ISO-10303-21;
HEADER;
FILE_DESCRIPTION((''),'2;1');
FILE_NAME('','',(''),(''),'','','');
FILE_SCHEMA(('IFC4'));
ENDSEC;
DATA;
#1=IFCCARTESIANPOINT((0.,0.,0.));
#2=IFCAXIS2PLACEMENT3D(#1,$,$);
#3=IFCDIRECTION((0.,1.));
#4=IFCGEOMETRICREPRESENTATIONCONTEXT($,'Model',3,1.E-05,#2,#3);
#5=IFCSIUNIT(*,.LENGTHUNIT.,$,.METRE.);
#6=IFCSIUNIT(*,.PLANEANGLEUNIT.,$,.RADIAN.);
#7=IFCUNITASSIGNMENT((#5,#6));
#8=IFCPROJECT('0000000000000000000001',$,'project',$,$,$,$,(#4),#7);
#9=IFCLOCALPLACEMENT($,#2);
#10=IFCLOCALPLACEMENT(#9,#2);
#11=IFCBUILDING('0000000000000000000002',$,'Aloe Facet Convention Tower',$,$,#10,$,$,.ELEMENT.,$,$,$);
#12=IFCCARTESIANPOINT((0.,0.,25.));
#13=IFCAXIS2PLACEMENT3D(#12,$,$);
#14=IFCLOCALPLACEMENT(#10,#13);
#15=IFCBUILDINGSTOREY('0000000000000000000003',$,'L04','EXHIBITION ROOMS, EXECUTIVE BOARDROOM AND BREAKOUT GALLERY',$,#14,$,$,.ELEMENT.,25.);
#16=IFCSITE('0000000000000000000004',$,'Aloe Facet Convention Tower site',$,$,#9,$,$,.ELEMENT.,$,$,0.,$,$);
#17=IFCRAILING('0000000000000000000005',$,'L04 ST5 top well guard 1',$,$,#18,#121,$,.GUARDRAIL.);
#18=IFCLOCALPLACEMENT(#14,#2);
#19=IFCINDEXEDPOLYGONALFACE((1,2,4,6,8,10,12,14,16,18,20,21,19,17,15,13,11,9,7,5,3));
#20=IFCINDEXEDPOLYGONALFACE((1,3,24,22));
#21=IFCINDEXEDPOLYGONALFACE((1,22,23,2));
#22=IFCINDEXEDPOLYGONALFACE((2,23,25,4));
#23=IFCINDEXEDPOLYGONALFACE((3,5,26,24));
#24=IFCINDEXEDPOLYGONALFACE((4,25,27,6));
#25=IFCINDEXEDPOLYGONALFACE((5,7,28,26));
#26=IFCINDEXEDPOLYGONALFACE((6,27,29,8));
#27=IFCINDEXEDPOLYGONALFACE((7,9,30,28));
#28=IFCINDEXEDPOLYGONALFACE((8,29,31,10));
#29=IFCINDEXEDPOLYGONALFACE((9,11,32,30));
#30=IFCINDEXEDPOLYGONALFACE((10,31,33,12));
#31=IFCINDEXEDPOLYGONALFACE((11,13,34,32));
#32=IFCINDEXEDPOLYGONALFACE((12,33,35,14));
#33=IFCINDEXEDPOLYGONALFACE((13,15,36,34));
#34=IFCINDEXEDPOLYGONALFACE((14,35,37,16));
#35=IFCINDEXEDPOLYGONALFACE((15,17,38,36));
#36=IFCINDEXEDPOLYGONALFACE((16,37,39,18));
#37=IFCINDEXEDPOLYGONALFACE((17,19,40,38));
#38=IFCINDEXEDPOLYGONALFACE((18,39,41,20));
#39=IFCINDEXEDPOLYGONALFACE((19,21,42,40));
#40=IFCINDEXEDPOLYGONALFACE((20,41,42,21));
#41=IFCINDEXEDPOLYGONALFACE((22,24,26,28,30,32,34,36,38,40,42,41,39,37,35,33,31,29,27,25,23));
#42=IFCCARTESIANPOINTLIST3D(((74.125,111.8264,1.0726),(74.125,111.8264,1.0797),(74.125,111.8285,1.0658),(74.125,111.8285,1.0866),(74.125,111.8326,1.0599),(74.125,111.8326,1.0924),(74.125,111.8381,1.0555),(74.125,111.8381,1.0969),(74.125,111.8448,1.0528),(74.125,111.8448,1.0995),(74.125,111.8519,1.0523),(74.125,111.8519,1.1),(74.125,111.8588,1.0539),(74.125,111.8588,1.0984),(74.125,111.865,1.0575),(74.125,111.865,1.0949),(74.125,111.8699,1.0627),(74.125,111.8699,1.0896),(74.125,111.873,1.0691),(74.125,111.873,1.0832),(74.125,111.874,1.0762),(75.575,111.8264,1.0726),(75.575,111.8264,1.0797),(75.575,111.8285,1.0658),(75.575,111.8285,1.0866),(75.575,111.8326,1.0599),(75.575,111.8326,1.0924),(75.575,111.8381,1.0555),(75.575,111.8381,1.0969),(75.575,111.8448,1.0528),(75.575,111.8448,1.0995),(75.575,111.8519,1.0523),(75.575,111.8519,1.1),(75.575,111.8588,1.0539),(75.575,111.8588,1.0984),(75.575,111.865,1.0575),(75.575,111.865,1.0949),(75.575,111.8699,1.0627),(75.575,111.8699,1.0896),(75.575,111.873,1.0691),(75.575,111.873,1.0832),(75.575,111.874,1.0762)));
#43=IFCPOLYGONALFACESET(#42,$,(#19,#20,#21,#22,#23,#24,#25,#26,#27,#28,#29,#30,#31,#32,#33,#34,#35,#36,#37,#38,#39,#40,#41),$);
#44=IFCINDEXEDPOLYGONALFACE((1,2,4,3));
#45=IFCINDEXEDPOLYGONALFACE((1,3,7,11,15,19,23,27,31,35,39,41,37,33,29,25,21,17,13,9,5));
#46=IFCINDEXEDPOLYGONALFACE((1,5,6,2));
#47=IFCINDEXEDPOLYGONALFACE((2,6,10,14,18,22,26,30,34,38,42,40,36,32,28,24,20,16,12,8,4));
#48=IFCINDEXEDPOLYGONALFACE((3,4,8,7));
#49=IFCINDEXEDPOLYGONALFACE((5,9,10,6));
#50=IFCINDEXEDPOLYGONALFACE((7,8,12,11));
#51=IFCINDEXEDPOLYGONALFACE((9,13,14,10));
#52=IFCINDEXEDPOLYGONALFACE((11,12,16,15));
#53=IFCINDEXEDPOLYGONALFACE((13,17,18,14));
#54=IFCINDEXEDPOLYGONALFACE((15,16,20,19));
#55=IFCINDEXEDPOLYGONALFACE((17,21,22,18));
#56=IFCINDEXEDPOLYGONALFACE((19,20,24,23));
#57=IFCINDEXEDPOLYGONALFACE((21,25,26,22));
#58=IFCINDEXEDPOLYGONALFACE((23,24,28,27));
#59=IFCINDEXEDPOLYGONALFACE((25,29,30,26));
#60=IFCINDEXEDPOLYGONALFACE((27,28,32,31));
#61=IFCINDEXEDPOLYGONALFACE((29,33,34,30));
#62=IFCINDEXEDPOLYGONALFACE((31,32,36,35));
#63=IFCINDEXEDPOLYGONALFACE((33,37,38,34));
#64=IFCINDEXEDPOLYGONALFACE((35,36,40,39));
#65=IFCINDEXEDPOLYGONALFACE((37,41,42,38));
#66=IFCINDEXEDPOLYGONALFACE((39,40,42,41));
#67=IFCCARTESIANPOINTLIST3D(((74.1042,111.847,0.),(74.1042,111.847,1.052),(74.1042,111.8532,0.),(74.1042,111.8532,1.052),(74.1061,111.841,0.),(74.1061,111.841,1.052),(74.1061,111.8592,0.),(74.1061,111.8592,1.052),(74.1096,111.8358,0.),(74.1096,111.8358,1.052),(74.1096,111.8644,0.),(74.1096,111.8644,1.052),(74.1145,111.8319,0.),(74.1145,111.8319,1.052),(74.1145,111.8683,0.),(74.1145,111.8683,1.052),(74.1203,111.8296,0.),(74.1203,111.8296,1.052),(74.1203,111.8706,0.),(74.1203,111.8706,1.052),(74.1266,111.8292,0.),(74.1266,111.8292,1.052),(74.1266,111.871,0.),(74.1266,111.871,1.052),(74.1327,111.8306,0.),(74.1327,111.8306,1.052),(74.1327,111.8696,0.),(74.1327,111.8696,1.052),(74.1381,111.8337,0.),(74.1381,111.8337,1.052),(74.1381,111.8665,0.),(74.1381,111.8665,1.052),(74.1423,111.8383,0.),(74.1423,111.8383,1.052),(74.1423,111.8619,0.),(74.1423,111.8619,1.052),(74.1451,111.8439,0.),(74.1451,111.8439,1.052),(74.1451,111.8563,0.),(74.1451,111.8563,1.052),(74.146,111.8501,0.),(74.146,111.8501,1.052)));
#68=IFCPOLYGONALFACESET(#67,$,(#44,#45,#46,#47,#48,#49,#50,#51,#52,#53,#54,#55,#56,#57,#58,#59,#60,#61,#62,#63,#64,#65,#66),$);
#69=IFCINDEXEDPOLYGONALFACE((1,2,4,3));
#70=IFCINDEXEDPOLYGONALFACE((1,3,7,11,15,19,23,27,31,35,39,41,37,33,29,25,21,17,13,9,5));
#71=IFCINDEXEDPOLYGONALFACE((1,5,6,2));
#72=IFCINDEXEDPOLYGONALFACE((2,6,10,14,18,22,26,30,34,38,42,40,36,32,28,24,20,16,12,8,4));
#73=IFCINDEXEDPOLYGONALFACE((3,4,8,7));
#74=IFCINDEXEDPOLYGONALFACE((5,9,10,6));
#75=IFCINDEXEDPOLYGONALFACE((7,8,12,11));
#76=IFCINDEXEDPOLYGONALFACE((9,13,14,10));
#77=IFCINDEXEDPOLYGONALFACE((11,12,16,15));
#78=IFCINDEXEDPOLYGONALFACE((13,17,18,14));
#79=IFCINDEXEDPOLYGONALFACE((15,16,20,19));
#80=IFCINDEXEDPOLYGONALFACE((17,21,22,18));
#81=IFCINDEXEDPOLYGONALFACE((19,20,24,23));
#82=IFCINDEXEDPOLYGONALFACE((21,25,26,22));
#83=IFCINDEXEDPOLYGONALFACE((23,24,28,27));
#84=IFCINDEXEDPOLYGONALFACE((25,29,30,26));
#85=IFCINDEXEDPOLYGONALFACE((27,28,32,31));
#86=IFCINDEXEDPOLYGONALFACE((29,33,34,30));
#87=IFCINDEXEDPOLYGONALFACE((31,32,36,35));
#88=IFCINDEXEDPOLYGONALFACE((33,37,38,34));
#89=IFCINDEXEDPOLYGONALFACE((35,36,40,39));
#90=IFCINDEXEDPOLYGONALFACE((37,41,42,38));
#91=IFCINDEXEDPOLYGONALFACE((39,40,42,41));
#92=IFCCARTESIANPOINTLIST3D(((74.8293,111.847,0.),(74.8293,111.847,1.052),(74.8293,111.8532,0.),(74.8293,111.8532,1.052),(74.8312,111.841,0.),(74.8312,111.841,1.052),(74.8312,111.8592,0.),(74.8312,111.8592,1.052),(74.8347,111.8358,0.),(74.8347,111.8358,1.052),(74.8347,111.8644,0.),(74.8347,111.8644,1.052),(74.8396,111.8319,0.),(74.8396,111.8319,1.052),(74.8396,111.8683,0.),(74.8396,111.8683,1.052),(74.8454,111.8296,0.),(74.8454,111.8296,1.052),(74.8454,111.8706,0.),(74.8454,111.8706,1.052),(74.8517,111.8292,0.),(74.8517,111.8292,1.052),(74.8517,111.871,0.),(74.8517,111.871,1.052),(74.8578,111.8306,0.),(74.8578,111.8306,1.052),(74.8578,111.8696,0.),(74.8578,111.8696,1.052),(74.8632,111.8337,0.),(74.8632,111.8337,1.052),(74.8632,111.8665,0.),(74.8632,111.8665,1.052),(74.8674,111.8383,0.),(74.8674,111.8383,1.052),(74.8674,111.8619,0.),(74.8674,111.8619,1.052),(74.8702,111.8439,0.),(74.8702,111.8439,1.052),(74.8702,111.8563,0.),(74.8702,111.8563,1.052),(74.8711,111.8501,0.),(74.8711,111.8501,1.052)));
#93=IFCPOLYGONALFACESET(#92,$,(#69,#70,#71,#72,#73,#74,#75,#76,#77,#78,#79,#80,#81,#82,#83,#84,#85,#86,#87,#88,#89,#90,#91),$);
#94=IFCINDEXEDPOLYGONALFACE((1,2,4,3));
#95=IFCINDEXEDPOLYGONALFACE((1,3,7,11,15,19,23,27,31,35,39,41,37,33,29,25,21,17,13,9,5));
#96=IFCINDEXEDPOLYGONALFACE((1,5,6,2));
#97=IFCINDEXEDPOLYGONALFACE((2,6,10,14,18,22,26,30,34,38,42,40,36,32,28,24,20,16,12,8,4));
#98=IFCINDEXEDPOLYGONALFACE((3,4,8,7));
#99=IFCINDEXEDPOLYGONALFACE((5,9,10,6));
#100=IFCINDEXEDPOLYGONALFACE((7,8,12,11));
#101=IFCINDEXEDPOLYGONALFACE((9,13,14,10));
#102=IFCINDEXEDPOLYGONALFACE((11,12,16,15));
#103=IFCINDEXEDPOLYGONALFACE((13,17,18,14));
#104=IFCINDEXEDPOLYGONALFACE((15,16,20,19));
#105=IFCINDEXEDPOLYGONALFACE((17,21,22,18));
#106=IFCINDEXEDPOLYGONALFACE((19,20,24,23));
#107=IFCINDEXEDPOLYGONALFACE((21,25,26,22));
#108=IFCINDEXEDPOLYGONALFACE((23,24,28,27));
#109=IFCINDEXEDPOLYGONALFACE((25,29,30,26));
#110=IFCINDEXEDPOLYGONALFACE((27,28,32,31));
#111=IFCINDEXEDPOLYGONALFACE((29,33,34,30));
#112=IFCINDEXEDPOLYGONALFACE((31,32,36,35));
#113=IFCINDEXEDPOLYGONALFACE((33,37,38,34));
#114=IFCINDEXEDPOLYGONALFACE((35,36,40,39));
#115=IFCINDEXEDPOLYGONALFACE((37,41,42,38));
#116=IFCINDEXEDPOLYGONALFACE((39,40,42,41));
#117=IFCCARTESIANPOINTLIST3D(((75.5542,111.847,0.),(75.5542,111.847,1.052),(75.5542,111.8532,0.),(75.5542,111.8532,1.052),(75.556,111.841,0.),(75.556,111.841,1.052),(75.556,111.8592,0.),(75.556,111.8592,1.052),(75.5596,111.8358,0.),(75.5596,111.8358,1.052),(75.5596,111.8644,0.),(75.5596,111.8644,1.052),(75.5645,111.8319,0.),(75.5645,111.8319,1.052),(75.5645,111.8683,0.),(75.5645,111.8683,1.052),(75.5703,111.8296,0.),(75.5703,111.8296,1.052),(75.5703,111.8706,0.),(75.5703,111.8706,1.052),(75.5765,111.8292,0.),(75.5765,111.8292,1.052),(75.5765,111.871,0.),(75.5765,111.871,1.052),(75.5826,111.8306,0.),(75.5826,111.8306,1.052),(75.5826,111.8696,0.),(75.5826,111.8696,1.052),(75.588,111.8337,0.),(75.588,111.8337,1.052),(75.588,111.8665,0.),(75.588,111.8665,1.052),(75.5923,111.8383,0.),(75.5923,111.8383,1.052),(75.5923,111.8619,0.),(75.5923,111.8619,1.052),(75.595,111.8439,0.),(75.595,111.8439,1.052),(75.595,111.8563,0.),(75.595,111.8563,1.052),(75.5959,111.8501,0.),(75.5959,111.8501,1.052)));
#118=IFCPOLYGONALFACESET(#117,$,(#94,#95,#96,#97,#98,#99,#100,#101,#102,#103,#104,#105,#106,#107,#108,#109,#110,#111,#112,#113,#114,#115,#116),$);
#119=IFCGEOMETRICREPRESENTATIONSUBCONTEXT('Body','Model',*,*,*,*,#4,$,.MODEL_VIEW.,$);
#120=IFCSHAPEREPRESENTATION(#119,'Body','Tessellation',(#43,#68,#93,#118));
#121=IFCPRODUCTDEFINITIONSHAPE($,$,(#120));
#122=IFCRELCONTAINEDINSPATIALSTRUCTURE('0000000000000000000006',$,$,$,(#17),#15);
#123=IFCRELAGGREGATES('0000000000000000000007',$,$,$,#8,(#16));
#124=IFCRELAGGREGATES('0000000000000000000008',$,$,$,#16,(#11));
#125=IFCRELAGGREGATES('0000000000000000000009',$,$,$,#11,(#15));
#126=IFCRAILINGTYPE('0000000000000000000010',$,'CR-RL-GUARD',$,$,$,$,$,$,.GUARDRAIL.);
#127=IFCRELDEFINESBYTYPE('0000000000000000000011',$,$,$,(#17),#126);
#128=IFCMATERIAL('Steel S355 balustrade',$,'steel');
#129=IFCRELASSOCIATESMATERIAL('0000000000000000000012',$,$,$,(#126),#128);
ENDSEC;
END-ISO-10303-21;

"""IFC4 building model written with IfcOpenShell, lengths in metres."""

from ifc_helpers import new_model, si_unit, direction, frame, origin, origin_2d, place, context, subcontext, project, spatial, circle, extrude, material, type_object, element, save


model = new_model("IFC4")

# Units and contexts
model_context = context("Model", 3, precision=1e-05, world=origin(), true_north=direction((0.0, 1.0)))
body_context = subcontext(model_context, "Body", "Model", "MODEL_VIEW")
ifc_project = project(units=[si_unit("LENGTHUNIT", "METRE"), si_unit("PLANEANGLEUNIT", "RADIAN")], contexts=[model_context])

# Site, building, storey
site_placement = place(None, origin())
site = spatial("IfcSite", under=ifc_project, at=site_placement, Name="Aloe Facet Convention Tower site", CompositionType="ELEMENT", RefElevation=0.0)
building_placement = place(site_placement, origin())
building = spatial("IfcBuilding", under=site, at=building_placement, Name="Aloe Facet Convention Tower", CompositionType="ELEMENT")
storey_placement = place(building_placement, frame((0.0, 0.0, 25.0)))
storey = spatial("IfcBuildingStorey", under=building, at=storey_placement, Name="L04", Description="EXHIBITION ROOMS, EXECUTIVE BOARDROOM AND BREAKOUT GALLERY", CompositionType="ELEMENT", Elevation=25.0)

# Railing
ifc_material_1 = material(Name="Steel S355 balustrade", Category="steel")
railing_type = type_object("IfcRailingType", Name="CR-RL-GUARD", PredefinedType="GUARDRAIL", material=ifc_material_1)
railing_placement = place(storey_placement, frame((74.125, 111.8501, 0.0)))
element("IfcRailing", 1, at=railing_placement, inside=storey, type_object=railing_type, Name="L04 ST5 top well guard 1", PredefinedType="GUARDRAIL", context=body_context, shape_type="SweptSolid", body=[
    extrude(circle(Radius=0.0239, at=origin_2d()), frame((0.0, 0.0, 1.0762), z_axis=(1.0, 0.0, 0.0), x_axis=(0.0, 1.0, 0.0)), (0.0, 0.0, 1.0), 1.45),
    extrude(circle(Radius=0.021, at=origin_2d()), origin(), (0.0, 0.0, 1.0), 1.052),
    extrude(circle(Radius=0.021, at=origin_2d()), frame((0.7251, 0.0, 0.0)), (0.0, 0.0, 1.0), 1.052),
    extrude(circle(Radius=0.021, at=origin_2d()), frame((1.45, 0.0, 0.0)), (0.0, 0.0, 1.0), 1.052),
])

save(model, "model.ifc")
